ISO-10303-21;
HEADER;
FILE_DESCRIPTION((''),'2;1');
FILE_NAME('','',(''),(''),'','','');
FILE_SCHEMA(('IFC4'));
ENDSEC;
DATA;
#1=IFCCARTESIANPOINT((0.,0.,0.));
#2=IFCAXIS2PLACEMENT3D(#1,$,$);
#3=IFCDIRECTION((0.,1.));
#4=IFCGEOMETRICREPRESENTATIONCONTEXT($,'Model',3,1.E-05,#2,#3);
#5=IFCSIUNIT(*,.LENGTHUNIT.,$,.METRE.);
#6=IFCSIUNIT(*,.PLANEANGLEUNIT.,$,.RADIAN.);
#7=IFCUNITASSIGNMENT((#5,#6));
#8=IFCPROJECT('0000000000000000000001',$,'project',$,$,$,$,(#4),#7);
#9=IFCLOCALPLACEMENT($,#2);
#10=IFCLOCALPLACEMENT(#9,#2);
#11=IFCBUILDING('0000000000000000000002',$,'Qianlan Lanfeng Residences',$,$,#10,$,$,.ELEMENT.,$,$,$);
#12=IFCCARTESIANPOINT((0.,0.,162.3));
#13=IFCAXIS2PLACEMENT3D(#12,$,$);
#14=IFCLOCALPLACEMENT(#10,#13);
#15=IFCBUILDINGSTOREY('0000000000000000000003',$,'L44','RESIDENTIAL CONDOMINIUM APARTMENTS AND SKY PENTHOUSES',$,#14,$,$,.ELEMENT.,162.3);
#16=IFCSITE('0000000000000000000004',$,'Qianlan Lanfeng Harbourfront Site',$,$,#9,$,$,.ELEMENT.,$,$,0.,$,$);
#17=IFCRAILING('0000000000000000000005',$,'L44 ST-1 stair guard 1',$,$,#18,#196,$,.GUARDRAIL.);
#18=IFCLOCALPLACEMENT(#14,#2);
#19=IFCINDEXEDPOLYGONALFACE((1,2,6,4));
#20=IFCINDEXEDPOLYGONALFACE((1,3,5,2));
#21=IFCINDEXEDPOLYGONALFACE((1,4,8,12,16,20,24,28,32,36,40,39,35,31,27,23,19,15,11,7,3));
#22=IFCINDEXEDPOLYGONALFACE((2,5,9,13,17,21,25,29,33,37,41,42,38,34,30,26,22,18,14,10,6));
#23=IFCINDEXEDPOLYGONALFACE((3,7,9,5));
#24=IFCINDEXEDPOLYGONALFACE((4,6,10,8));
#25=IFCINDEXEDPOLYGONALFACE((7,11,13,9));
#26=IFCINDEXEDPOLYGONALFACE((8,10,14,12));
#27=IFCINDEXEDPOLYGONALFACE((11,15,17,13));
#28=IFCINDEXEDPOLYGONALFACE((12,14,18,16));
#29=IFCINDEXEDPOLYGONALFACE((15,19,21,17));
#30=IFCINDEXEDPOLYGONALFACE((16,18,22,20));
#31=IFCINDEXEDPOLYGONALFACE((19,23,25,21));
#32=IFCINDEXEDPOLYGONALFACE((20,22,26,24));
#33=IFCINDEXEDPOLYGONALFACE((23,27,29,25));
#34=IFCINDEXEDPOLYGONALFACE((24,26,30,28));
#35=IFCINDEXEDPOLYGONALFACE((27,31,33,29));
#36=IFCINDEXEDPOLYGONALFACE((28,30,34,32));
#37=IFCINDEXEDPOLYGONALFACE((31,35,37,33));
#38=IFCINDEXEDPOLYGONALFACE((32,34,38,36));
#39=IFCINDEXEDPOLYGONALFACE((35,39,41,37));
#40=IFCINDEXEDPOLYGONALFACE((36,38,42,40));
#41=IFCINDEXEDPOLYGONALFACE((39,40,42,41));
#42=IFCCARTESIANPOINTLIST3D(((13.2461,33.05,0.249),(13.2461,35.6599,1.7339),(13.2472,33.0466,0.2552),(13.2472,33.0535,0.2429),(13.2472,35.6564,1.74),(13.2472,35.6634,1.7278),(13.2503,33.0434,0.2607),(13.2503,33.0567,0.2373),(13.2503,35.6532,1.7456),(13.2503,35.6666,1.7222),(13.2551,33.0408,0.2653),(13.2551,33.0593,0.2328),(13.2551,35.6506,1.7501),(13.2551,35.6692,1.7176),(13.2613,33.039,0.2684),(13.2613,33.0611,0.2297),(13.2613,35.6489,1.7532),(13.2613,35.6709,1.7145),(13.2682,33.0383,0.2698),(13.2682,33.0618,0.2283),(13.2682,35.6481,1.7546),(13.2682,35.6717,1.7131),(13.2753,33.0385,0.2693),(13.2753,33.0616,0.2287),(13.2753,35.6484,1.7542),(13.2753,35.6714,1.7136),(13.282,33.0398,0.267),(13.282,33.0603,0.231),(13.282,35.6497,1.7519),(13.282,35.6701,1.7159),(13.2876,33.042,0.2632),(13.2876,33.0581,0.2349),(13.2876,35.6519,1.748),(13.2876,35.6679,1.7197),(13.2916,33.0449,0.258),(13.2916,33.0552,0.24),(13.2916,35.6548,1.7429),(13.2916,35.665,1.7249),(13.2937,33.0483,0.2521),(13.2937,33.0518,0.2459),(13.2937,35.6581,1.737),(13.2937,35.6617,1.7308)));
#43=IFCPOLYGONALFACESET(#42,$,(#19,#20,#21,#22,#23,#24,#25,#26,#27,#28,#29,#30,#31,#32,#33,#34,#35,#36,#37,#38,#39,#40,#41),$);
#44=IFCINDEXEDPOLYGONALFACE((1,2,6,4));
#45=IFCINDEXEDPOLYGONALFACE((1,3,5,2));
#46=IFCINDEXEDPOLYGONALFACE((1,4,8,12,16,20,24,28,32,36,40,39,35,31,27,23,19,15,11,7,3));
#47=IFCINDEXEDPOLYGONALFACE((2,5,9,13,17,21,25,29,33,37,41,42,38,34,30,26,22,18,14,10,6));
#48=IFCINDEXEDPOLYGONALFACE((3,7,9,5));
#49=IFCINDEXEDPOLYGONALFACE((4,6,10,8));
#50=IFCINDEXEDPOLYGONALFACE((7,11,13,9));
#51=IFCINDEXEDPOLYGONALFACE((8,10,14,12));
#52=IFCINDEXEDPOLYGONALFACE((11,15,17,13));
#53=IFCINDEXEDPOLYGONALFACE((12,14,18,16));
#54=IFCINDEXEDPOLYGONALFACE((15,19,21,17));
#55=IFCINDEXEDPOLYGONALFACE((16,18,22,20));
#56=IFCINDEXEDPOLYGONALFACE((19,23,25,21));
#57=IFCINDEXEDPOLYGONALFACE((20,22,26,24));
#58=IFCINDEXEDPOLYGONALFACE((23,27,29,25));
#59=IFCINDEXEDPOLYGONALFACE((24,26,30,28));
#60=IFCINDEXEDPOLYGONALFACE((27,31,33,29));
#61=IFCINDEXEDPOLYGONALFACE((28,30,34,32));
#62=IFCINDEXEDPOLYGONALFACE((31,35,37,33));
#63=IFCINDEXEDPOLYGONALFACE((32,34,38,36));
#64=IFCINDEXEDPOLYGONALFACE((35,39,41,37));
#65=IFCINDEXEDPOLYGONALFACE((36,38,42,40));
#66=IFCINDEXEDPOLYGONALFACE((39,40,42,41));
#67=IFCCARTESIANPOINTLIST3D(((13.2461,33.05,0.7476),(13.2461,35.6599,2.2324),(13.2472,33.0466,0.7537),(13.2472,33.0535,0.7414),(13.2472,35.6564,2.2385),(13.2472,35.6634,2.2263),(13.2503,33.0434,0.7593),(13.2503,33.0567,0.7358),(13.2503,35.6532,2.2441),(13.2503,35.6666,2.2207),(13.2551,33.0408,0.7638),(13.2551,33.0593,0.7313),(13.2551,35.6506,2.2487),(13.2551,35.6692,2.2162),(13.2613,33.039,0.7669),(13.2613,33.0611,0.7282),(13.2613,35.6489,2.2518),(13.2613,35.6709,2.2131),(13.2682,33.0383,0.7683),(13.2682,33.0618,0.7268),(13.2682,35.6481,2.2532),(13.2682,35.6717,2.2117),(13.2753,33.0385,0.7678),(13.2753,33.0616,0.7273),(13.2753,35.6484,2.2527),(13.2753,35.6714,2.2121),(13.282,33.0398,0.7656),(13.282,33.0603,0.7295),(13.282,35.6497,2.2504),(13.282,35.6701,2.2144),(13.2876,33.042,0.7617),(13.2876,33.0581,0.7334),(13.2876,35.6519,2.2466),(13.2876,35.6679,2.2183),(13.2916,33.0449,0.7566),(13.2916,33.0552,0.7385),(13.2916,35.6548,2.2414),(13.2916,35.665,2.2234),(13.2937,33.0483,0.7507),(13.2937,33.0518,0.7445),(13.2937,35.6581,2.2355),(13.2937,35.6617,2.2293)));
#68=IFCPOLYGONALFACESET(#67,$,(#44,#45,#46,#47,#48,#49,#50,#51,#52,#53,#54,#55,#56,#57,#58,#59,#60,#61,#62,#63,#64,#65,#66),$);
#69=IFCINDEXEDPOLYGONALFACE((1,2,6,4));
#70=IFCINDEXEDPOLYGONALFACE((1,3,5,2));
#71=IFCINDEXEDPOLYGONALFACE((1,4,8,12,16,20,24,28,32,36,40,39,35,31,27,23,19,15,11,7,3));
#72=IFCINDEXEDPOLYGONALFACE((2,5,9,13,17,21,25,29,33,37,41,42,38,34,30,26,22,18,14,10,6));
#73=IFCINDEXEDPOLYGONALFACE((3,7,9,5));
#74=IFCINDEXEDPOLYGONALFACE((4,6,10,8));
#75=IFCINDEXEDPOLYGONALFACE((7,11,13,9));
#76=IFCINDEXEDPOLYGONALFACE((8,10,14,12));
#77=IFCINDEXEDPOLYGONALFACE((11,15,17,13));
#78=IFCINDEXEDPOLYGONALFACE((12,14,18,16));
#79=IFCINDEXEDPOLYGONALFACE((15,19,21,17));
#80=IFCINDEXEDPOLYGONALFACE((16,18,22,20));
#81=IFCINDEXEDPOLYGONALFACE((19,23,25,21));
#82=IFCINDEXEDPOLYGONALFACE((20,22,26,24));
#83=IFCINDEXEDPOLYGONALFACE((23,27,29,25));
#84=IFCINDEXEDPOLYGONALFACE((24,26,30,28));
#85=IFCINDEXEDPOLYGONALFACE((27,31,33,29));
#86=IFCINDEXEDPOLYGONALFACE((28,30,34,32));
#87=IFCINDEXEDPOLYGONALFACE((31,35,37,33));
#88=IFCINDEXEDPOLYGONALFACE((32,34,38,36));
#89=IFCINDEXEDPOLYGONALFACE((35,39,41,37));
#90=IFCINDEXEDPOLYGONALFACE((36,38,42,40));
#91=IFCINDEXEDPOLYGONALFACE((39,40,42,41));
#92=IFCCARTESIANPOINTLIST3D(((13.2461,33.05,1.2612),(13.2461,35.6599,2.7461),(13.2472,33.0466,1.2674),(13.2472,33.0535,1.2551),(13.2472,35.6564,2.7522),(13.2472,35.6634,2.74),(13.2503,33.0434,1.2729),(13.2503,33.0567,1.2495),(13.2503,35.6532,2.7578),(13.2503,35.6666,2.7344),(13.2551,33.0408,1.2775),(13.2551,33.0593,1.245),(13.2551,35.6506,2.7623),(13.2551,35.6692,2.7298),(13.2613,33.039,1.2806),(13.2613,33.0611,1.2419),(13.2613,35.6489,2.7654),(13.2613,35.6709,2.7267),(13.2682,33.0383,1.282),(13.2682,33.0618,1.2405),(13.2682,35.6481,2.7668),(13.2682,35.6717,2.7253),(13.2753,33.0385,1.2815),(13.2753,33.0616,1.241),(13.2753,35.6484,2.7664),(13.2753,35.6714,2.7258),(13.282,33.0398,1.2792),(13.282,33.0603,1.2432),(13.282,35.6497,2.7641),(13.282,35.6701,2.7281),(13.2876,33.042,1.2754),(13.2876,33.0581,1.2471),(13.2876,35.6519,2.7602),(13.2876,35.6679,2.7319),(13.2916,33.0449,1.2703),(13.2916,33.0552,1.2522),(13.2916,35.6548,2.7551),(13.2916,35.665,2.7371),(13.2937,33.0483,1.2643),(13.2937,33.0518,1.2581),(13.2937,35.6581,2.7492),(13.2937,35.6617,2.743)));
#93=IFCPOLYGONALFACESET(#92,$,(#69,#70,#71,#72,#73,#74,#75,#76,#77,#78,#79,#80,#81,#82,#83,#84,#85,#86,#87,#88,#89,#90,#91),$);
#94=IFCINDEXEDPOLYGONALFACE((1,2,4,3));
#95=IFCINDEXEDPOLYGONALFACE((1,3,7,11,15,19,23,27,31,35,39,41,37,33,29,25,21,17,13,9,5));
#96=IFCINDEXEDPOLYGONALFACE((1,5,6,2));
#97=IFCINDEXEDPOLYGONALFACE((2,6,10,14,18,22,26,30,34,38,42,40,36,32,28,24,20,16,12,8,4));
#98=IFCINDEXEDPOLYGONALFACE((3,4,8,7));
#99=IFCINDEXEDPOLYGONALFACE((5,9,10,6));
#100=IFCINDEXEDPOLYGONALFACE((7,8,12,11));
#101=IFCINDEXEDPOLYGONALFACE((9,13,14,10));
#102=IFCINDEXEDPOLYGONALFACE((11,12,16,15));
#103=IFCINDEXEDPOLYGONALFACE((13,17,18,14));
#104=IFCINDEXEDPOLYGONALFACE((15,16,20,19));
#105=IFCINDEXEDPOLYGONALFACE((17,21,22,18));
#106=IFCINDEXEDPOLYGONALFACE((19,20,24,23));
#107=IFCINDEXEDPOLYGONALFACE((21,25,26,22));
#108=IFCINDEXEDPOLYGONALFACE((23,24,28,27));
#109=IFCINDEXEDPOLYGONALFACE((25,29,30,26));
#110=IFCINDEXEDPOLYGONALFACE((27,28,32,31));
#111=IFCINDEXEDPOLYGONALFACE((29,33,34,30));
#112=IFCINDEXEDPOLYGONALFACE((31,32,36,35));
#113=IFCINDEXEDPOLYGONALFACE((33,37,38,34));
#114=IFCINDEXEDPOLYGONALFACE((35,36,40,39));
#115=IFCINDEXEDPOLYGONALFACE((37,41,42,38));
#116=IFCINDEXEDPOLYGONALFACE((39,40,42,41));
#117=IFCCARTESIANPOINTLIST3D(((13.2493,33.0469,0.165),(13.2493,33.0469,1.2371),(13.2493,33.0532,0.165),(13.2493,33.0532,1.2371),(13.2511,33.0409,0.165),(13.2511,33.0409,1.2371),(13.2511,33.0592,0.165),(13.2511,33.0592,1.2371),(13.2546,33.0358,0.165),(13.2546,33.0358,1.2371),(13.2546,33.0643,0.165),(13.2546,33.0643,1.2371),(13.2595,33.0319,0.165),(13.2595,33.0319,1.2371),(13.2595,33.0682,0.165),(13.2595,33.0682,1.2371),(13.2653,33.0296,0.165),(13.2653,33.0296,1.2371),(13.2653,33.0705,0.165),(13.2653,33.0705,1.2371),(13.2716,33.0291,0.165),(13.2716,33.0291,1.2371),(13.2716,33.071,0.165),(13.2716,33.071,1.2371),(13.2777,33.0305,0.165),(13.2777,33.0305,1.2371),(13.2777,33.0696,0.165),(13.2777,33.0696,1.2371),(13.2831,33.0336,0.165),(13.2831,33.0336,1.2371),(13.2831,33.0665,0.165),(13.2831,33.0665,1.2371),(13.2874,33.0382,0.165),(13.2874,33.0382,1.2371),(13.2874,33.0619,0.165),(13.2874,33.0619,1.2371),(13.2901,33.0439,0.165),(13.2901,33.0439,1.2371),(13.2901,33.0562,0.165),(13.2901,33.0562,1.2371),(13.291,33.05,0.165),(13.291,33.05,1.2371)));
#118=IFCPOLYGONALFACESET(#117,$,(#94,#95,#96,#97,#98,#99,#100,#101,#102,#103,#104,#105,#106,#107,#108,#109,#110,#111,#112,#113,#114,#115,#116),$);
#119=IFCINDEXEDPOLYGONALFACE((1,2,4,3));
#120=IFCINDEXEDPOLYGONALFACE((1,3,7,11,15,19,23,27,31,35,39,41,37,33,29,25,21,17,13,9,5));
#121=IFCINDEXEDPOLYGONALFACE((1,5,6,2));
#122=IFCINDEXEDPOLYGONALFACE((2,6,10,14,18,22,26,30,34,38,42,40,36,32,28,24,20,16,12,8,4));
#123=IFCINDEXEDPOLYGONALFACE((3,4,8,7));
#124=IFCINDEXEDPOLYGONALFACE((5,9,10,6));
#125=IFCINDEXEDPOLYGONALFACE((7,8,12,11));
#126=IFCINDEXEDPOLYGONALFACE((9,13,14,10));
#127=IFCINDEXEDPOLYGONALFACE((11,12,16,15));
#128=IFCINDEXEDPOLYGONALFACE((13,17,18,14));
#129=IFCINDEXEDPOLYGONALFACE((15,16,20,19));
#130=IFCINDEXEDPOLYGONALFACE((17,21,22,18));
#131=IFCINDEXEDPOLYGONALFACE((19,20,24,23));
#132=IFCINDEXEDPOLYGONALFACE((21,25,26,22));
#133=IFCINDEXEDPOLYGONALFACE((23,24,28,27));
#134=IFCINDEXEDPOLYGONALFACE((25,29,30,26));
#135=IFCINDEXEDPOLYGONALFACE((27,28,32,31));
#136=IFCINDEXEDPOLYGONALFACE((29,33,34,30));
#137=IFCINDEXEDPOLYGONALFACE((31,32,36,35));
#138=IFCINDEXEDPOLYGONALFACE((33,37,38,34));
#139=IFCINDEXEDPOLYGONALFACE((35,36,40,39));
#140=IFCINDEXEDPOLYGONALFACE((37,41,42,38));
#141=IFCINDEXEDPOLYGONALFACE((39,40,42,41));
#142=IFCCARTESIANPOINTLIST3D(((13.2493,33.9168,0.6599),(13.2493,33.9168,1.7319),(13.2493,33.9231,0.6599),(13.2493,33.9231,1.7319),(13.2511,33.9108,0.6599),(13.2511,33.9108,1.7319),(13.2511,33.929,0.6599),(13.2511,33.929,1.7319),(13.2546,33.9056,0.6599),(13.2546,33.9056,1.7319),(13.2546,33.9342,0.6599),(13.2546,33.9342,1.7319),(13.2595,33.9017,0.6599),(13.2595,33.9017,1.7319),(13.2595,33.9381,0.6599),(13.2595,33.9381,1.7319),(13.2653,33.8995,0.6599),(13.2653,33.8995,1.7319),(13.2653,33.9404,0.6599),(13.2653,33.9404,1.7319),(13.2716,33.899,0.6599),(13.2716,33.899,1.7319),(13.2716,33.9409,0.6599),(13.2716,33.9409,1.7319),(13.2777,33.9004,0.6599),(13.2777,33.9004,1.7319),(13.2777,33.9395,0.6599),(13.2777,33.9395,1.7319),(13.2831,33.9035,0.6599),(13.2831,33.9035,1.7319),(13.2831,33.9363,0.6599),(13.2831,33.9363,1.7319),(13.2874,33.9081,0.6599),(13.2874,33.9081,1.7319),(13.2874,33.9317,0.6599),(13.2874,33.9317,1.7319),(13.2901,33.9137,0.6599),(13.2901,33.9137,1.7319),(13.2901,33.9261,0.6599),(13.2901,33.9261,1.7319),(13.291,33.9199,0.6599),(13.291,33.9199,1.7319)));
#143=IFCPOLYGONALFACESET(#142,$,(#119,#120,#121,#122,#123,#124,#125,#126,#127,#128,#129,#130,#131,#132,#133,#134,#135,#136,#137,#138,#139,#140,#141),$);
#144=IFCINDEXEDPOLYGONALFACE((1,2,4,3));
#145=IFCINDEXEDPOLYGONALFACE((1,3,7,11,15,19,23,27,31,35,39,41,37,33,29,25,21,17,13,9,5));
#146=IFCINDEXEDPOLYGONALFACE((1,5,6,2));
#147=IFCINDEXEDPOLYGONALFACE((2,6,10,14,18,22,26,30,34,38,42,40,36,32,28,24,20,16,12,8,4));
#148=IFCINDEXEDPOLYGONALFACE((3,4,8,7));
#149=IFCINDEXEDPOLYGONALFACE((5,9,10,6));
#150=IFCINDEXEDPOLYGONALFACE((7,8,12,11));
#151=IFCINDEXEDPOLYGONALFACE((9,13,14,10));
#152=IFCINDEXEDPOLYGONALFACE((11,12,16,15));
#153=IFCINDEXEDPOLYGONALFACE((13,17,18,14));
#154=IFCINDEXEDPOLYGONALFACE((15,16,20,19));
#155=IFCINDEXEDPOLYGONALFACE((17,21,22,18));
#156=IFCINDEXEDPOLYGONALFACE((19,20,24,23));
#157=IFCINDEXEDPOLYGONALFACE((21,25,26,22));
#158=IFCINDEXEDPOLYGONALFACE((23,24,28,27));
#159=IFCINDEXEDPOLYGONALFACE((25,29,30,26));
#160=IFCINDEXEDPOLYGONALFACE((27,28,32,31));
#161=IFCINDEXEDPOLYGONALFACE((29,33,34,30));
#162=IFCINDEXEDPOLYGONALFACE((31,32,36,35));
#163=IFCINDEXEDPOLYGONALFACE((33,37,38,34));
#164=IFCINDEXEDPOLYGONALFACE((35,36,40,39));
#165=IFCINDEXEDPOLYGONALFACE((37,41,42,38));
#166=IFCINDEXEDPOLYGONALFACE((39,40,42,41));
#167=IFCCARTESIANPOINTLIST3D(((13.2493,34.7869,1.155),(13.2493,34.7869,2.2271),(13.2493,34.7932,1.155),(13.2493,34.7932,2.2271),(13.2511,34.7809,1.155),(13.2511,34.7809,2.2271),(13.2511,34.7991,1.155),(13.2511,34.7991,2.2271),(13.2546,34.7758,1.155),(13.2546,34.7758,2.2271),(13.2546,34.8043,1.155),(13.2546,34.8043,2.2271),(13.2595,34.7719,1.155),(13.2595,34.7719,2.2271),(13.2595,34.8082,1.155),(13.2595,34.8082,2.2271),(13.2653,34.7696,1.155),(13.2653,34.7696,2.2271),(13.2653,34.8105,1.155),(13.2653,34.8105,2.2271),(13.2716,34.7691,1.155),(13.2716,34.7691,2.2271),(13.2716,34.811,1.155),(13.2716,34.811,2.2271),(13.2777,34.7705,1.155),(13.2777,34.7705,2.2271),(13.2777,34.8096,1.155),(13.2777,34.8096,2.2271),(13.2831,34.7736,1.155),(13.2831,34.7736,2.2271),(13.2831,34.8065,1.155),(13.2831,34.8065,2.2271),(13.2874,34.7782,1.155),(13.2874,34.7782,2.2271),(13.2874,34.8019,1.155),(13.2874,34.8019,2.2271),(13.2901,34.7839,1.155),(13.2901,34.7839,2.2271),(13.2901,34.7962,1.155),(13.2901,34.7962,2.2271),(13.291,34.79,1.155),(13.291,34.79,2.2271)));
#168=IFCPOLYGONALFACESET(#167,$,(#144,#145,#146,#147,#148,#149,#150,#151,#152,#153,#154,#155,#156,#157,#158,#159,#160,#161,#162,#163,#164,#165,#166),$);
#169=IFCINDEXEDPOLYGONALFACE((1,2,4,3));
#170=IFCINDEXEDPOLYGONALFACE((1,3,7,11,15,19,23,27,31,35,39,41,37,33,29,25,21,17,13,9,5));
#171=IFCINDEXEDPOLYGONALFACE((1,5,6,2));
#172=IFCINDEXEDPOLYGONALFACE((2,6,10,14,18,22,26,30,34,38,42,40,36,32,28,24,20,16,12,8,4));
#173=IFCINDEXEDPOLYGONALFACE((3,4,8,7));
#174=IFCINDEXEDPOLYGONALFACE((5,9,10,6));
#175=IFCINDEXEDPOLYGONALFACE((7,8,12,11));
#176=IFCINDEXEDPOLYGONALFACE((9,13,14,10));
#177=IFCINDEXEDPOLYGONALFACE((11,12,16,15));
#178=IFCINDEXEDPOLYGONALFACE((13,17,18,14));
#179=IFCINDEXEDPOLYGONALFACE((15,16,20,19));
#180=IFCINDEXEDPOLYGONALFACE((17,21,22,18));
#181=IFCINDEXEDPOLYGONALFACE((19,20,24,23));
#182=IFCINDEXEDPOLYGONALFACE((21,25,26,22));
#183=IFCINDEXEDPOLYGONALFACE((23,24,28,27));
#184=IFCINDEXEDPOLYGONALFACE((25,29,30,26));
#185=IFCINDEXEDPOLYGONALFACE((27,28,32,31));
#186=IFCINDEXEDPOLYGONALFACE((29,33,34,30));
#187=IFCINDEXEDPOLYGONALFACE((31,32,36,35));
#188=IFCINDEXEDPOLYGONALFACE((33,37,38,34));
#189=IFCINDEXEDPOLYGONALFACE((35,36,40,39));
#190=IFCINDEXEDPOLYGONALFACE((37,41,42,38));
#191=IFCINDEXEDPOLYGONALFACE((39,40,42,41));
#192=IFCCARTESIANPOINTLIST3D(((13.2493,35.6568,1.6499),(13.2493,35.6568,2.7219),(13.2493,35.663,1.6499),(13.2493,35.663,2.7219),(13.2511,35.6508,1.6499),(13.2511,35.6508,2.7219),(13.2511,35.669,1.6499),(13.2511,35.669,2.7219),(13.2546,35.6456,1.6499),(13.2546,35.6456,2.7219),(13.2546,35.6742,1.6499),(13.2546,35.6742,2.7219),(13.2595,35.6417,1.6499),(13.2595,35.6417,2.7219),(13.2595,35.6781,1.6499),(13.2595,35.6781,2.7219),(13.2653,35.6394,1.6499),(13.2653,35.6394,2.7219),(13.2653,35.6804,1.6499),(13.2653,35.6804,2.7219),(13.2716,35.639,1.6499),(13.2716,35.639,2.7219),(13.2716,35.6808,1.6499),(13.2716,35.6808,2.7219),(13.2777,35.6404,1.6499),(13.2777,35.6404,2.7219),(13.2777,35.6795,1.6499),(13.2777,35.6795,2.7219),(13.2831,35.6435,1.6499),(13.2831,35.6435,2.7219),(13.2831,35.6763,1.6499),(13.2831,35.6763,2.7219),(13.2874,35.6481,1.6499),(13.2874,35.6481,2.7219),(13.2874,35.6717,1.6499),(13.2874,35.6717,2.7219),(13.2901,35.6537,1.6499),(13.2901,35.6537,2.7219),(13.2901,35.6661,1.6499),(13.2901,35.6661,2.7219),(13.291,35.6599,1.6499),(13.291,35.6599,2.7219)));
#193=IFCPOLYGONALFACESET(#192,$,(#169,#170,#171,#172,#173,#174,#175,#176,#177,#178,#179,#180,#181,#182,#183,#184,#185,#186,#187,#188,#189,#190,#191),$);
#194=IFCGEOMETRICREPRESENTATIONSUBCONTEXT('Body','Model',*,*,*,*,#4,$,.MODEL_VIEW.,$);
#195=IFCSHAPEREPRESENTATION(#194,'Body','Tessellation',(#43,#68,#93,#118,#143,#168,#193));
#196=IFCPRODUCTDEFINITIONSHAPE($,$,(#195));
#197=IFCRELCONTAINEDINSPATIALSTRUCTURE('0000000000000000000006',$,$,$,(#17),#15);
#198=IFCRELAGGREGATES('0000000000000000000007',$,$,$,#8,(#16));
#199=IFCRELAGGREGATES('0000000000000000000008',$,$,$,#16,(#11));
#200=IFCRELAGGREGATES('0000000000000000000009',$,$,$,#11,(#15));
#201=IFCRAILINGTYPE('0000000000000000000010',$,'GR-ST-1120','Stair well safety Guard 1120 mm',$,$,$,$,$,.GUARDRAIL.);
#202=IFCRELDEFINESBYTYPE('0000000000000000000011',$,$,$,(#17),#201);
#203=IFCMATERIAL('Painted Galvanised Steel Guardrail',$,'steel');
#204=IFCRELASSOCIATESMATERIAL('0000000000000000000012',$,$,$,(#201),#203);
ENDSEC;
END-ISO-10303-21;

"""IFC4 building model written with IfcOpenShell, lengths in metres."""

from ifc_helpers import new_model, si_unit, direction, frame, origin, origin_2d, place, context, subcontext, project, spatial, circle, extrude, material, type_object, element, save


model = new_model("IFC4")

# Units and contexts
model_context = context("Model", 3, precision=1e-05, world=origin(), true_north=direction((0.0, 1.0)))
body_context = subcontext(model_context, "Body", "Model", "MODEL_VIEW")
ifc_project = project(units=[si_unit("LENGTHUNIT", "METRE"), si_unit("PLANEANGLEUNIT", "RADIAN")], contexts=[model_context])

# Site, building, storey
site_placement = place(None, origin())
site = spatial("IfcSite", under=ifc_project, at=site_placement, Name="Qianlan Lanfeng Harbourfront Site", CompositionType="ELEMENT", RefElevation=0.0)
building_placement = place(site_placement, origin())
building = spatial("IfcBuilding", under=site, at=building_placement, Name="Qianlan Lanfeng Residences", CompositionType="ELEMENT")
storey_placement = place(building_placement, frame((0.0, 0.0, 162.3)))
storey = spatial("IfcBuildingStorey", under=building, at=storey_placement, Name="L44", Description="RESIDENTIAL CONDOMINIUM APARTMENTS AND SKY PENTHOUSES", CompositionType="ELEMENT", Elevation=162.3)

# Railing
ifc_material_1 = material(Name="Painted Galvanised Steel Guardrail", Category="steel")
railing_type_1 = type_object("IfcRailingType", Name="GR-ST-1120", Description="Stair well safety Guard 1120 mm", PredefinedType="GUARDRAIL", material=ifc_material_1)
railing_1_placement = place(storey_placement, frame((13.27, 33.05, 0.165)))
element("IfcRailing", 1, at=railing_1_placement, inside=storey, type_object=railing_type_1, Name="L44 ST-1 stair guard 1", PredefinedType="GUARDRAIL", context=body_context, shape_type="SweptSolid", body=[
    extrude(circle(Radius=0.0239, at=origin_2d()), frame((0.0, 0.0, 0.084), z_axis=(0.0, 0.869172, 0.494509), x_axis=(-1.0, 0.0, 0.0)), (0.0, 0.0, 1.0), 3.0027),
    extrude(circle(Radius=0.0239, at=origin_2d()), frame((0.0, 0.0, 0.5825), z_axis=(0.0, 0.869172, 0.494509), x_axis=(-1.0, 0.0, 0.0)), (0.0, 0.0, 1.0), 3.0027),
    extrude(circle(Radius=0.0239, at=origin_2d()), frame((0.0, 0.0, 1.0962), z_axis=(0.0, 0.869172, 0.494509), x_axis=(-1.0, 0.0, 0.0)), (0.0, 0.0, 1.0), 3.0027),
    extrude(circle(Radius=0.021, at=origin_2d()), origin(), (0.0, 0.0, 1.0), 1.072),
    extrude(circle(Radius=0.021, at=origin_2d()), frame((0.0, 0.8699, 0.4949)), (0.0, 0.0, 1.0), 1.072),
    extrude(circle(Radius=0.021, at=origin_2d()), frame((0.0, 1.74, 0.99)), (0.0, 0.0, 1.0), 1.072),
    extrude(circle(Radius=0.021, at=origin_2d()), frame((0.0, 2.6099, 1.4849)), (0.0, 0.0, 1.0), 1.072),
])

save(model, "model.ifc")
